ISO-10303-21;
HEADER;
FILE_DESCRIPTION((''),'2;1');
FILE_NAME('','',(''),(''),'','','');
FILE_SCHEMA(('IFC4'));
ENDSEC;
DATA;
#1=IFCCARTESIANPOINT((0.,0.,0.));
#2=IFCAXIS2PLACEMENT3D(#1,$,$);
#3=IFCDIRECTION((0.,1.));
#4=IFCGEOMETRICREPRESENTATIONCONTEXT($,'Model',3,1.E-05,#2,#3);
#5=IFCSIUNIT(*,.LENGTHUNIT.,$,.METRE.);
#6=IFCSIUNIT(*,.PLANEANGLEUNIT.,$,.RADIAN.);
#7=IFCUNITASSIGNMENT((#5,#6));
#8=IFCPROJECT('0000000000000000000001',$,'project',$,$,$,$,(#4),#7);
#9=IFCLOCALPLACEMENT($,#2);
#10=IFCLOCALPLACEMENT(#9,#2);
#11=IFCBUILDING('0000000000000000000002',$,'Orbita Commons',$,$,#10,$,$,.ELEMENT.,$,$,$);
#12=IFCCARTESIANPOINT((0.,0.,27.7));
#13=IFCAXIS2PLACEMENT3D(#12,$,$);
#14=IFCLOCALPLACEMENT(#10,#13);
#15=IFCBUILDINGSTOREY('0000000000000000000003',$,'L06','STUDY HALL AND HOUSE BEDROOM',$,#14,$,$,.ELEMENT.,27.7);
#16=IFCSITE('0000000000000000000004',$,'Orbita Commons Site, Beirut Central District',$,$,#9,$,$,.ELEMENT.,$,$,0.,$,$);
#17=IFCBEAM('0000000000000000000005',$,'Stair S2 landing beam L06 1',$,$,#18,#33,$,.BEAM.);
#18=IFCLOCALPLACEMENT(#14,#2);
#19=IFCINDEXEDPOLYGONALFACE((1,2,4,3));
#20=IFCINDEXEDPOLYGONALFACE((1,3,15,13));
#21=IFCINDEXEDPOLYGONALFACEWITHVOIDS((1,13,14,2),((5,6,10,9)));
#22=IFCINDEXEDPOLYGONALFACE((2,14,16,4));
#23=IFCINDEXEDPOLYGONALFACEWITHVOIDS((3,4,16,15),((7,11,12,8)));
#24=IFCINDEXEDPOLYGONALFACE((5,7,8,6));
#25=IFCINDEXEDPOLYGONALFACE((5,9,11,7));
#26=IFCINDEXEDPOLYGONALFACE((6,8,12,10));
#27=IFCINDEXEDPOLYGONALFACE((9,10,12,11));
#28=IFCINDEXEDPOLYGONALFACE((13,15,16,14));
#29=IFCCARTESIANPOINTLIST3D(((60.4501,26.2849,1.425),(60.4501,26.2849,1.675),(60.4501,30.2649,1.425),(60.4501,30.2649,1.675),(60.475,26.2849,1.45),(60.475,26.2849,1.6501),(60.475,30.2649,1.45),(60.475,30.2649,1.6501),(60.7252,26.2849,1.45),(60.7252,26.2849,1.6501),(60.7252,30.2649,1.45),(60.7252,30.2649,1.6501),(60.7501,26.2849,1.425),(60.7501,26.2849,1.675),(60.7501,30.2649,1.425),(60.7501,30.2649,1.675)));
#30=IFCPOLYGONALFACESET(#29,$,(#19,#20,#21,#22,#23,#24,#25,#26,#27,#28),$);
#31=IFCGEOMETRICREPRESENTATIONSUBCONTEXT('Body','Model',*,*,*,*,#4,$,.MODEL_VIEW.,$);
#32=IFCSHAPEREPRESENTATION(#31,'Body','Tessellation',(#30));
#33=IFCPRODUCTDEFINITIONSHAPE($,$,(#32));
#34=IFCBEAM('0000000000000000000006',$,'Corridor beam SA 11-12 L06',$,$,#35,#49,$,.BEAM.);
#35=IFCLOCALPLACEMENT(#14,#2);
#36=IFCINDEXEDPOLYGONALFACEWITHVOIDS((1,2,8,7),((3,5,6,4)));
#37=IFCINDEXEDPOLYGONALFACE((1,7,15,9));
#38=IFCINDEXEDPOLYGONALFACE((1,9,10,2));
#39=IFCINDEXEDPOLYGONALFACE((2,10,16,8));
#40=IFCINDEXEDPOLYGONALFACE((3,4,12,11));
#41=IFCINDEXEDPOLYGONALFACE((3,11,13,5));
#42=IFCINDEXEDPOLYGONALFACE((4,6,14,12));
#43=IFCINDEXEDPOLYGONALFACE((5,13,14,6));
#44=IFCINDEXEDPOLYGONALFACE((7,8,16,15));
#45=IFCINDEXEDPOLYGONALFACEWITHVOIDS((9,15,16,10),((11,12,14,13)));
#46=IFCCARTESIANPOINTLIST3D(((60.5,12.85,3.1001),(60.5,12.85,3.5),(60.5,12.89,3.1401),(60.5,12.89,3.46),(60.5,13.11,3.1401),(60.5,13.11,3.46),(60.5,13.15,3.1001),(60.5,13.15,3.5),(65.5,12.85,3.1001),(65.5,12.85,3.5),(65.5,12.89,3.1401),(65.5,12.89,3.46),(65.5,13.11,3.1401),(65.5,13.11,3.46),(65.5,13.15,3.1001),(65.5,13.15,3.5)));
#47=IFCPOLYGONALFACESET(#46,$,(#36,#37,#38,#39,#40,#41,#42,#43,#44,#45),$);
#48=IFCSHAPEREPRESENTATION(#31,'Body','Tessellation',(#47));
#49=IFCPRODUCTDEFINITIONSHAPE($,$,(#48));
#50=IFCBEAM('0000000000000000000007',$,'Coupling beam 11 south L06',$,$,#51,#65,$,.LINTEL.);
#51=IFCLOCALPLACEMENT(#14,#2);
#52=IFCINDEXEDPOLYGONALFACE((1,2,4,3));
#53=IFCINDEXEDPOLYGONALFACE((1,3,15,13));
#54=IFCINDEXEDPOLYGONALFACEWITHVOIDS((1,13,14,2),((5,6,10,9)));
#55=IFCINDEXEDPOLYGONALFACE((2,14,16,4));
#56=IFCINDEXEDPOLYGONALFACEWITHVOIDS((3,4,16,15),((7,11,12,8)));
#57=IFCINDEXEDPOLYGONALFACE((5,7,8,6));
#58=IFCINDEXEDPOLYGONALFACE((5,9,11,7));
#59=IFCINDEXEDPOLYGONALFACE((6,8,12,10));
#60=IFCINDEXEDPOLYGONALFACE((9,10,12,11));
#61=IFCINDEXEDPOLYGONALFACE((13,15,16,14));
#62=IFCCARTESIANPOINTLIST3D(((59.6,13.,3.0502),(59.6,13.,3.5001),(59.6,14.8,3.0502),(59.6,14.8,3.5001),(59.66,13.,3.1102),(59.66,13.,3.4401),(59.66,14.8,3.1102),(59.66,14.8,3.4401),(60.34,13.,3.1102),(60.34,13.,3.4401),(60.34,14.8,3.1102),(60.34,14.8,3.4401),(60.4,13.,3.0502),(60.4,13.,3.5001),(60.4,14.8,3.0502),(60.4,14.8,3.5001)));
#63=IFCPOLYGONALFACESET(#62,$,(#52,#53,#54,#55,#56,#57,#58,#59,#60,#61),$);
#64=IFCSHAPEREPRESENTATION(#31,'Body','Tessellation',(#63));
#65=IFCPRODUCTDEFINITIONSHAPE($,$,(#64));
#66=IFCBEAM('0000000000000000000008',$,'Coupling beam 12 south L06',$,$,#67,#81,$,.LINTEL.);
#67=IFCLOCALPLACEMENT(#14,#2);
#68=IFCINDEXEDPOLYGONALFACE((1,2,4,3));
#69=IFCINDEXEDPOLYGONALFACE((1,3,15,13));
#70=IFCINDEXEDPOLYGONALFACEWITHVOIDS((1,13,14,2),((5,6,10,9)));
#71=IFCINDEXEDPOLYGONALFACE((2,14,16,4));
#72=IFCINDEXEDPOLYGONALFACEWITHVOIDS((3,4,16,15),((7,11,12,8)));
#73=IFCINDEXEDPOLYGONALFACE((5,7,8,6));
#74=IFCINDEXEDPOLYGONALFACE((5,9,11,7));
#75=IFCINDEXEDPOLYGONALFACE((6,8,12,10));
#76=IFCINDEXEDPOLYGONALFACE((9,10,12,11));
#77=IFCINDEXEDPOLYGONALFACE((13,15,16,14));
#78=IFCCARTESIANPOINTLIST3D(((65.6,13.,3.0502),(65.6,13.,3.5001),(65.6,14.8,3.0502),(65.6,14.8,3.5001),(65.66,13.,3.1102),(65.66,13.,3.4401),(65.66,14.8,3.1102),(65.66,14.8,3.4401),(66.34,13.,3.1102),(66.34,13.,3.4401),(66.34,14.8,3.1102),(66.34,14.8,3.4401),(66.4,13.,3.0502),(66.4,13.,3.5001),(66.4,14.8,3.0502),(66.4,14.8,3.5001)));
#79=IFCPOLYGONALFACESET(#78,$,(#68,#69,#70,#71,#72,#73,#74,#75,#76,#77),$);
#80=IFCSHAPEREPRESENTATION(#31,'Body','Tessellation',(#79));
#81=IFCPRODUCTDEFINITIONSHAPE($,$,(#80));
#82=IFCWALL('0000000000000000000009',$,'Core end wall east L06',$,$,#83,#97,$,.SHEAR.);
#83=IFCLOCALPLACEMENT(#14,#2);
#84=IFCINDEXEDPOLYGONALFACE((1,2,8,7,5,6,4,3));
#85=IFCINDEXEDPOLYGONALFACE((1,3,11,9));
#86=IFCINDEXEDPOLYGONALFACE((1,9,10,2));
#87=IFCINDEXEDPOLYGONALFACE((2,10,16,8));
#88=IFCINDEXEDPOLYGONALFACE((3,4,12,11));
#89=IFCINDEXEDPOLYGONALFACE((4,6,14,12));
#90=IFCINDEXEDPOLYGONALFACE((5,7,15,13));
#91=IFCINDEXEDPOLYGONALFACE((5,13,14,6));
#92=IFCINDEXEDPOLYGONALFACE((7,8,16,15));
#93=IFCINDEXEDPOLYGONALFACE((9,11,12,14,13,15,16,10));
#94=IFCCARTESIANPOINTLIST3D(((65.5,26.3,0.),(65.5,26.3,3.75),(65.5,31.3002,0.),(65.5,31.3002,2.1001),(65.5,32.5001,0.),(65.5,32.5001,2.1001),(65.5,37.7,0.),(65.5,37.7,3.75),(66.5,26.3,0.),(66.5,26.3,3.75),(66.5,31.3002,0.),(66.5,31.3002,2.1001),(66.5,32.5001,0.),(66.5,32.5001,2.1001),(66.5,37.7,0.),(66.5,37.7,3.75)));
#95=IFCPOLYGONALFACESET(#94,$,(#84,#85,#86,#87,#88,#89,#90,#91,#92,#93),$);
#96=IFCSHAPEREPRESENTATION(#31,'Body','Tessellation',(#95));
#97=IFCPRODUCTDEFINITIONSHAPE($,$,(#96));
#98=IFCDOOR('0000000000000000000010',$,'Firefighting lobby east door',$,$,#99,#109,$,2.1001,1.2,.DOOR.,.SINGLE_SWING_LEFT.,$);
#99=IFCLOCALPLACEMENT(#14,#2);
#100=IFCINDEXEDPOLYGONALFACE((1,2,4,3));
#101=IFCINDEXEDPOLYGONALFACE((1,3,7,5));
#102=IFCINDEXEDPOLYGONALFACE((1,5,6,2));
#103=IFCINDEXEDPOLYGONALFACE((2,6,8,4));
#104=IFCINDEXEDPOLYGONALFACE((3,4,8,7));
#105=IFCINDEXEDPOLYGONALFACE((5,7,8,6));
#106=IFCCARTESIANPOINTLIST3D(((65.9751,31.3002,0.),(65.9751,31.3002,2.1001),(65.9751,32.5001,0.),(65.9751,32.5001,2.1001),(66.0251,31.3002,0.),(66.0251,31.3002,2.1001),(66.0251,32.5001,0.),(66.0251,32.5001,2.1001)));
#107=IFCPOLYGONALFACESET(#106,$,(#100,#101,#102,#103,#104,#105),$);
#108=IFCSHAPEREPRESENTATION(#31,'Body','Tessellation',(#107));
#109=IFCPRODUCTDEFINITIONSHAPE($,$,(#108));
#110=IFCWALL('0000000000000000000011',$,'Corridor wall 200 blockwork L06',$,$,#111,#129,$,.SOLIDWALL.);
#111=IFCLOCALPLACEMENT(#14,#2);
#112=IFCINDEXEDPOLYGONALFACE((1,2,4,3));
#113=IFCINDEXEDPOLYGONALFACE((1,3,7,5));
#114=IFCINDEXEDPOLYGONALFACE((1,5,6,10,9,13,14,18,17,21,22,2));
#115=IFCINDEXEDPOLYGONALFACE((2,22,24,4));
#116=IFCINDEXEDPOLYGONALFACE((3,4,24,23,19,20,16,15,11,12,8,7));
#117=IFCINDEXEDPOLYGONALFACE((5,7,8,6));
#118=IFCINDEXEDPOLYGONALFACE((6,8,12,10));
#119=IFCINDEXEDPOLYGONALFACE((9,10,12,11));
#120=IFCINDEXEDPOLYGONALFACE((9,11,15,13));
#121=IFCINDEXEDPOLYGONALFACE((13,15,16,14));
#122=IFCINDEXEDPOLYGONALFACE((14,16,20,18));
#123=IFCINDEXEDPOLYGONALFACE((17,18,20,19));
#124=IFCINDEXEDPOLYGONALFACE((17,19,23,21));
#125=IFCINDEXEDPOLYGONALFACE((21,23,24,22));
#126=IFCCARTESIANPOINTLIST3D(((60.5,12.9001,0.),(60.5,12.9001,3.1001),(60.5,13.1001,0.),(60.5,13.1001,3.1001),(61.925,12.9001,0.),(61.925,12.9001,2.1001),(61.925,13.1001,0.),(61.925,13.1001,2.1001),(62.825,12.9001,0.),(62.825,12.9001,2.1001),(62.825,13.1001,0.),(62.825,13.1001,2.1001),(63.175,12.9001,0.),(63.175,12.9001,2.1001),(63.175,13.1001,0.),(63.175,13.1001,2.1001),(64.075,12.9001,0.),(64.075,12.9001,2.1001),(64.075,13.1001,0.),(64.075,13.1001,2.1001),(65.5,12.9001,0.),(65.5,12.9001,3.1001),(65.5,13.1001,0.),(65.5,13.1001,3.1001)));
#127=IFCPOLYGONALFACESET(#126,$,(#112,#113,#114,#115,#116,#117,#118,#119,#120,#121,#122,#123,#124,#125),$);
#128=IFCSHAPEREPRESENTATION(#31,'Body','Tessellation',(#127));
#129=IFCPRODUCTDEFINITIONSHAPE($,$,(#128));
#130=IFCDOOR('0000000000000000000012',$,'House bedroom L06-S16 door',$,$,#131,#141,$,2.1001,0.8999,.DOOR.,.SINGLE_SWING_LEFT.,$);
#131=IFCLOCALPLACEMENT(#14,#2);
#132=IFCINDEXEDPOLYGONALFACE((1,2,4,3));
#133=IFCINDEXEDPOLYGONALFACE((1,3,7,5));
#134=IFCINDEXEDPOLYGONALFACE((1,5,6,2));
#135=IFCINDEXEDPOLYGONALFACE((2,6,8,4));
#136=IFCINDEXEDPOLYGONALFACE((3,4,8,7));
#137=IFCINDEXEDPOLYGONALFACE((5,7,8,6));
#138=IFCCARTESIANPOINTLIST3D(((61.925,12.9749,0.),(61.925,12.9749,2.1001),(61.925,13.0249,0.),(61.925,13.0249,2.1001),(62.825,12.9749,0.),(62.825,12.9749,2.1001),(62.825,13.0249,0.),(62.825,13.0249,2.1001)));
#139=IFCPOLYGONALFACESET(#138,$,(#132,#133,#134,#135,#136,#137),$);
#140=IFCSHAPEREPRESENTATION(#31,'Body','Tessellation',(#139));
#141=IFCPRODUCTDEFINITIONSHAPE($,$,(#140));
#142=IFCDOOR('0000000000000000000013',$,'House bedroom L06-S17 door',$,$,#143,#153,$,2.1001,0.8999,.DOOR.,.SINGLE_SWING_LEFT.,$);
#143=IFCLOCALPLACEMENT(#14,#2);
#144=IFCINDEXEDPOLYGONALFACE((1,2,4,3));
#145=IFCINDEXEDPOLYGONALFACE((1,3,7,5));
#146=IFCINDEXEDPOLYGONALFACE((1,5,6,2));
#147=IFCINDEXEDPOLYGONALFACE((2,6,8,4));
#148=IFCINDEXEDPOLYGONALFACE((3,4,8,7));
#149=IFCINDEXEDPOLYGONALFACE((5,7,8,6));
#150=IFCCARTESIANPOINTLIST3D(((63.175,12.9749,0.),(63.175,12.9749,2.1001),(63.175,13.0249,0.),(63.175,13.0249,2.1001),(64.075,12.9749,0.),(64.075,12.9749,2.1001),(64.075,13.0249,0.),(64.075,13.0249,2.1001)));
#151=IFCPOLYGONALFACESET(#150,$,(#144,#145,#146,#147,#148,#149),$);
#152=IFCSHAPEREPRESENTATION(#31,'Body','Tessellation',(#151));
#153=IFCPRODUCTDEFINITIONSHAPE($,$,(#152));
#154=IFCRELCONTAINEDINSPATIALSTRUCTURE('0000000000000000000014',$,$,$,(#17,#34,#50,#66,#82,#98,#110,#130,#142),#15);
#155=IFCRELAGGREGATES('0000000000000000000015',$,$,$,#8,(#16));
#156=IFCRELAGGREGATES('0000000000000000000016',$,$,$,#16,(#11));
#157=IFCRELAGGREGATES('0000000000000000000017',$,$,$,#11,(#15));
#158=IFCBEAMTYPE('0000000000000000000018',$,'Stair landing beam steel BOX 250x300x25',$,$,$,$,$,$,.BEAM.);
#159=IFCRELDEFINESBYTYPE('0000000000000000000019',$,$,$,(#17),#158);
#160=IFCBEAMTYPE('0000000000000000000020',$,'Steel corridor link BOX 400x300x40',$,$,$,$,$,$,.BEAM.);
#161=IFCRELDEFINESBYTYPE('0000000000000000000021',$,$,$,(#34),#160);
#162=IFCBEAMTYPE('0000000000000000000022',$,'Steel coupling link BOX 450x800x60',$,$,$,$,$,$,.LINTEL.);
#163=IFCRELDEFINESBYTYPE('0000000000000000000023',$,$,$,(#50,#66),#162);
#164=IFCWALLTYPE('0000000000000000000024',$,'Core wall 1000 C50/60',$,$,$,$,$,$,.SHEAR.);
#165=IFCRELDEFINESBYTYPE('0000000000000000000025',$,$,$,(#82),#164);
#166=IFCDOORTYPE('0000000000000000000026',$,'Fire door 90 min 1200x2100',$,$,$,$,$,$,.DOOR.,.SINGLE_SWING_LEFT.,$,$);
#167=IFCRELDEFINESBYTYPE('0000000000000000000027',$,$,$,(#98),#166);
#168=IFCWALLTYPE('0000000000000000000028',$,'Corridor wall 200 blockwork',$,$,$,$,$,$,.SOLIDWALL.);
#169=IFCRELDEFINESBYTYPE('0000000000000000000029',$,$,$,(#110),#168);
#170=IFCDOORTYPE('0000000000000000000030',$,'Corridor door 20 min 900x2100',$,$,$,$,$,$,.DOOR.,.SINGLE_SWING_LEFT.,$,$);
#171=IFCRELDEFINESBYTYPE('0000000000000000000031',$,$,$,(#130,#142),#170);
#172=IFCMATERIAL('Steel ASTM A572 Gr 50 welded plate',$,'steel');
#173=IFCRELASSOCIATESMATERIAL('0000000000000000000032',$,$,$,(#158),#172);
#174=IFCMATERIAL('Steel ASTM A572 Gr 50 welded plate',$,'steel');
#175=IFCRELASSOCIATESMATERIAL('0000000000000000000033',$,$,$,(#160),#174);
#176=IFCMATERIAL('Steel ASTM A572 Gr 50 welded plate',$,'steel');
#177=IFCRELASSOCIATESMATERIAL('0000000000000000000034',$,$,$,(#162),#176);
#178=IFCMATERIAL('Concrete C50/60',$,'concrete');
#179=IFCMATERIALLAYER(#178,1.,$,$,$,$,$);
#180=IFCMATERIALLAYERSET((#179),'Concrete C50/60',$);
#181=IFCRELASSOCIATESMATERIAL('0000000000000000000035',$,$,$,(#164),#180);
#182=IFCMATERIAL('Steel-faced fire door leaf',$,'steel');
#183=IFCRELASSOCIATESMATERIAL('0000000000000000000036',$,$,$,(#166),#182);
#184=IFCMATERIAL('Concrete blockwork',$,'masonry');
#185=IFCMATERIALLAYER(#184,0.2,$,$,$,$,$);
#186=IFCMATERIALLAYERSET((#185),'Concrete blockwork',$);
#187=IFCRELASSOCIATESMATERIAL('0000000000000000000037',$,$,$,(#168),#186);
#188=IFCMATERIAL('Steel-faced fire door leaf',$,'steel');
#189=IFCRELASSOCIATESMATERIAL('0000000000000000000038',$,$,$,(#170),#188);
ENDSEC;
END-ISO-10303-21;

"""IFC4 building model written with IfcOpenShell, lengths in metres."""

from ifc_helpers import new_model, si_unit, direction, frame, frame_2d, origin, origin_2d, place, context, subcontext, project, spatial, polyline, rectangle, hollow_rectangle, outline, extrude, material, layer, layer_set, material_profile, profile_set, type_object, element, fill, save


model = new_model("IFC4")

# Units and contexts
model_context = context("Model", 3, precision=1e-05, world=origin(), true_north=direction((0.0, 1.0)))
body_context = subcontext(model_context, "Body", "Model", "MODEL_VIEW")
ifc_project = project(units=[si_unit("LENGTHUNIT", "METRE"), si_unit("PLANEANGLEUNIT", "RADIAN")], contexts=[model_context])

# Site, building, storey
site_placement = place(None, origin())
site = spatial("IfcSite", under=ifc_project, at=site_placement, Name="Orbita Commons Site, Beirut Central District", CompositionType="ELEMENT", RefElevation=0.0)
building_placement = place(site_placement, origin())
building = spatial("IfcBuilding", under=site, at=building_placement, Name="Orbita Commons", CompositionType="ELEMENT")
storey_placement = place(building_placement, frame((0.0, 0.0, 27.7)))
storey = spatial("IfcBuildingStorey", under=building, at=storey_placement, Name="L06", Description="STUDY HALL AND HOUSE BEDROOM", CompositionType="ELEMENT", Elevation=27.7)

# Beams
ifc_material_1 = material(Name="Steel ASTM A572 Gr 50 welded plate", Category="steel")
ifc_material_profile_1 = material_profile(ifc_material_1, hollow_rectangle(XDim=0.3, YDim=0.25, WallThickness=0.0249, at=origin_2d()), Name="BOX 250x300x25")
ifc_profile_set_1 = profile_set([ifc_material_profile_1], Name="Steel ASTM A572 Gr 50 welded plate")
beam_type_1 = type_object("IfcBeamType", Name="Stair landing beam steel BOX 250x300x25", PredefinedType="BEAM", material=ifc_profile_set_1)
beam_1_placement = place(storey_placement, frame((60.6001, 26.2849, 1.55), z_axis=(0.0, 1.0, 0.0), x_axis=(-1.0, 0.0, 0.0)))
element("IfcBeam", 1, at=beam_1_placement, inside=storey, type_object=beam_type_1, Name="Stair S2 landing beam L06 1", PredefinedType="BEAM", context=body_context, shape_type="SweptSolid", body=[
    extrude(hollow_rectangle(XDim=0.3, YDim=0.25, WallThickness=0.0249, at=origin_2d()), origin(), (0.0, 0.0, 1.0), 3.98),
])
ifc_material_2 = material(Name="Steel ASTM A572 Gr 50 welded plate", Category="steel")
ifc_material_profile_2 = material_profile(ifc_material_2, hollow_rectangle(XDim=0.3, YDim=0.3999, WallThickness=0.04, at=origin_2d()), Name="BOX 400x300x40")
ifc_profile_set_2 = profile_set([ifc_material_profile_2], Name="Steel ASTM A572 Gr 50 welded plate")
beam_type_2 = type_object("IfcBeamType", Name="Steel corridor link BOX 400x300x40", PredefinedType="BEAM", material=ifc_profile_set_2)
beam_2_placement = place(storey_placement, frame((60.5, 13.0, 3.3), z_axis=(1.0, 0.0, 0.0), x_axis=(0.0, 1.0, 0.0)))
element("IfcBeam", 2, at=beam_2_placement, inside=storey, type_object=beam_type_2, Name="Corridor beam SA 11-12 L06", PredefinedType="BEAM", context=body_context, shape_type="SweptSolid", body=[
    extrude(hollow_rectangle(XDim=0.3, YDim=0.3999, WallThickness=0.04, at=origin_2d()), origin(), (0.0, 0.0, 1.0), 5.0),
])
ifc_material_3 = material(Name="Steel ASTM A572 Gr 50 welded plate", Category="steel")
ifc_material_profile_3 = material_profile(ifc_material_3, hollow_rectangle(XDim=0.8, YDim=0.45, WallThickness=0.0601, at=origin_2d()), Name="BOX 450x800x60")
ifc_profile_set_3 = profile_set([ifc_material_profile_3], Name="Steel ASTM A572 Gr 50 welded plate")
beam_type_3 = type_object("IfcBeamType", Name="Steel coupling link BOX 450x800x60", PredefinedType="LINTEL", material=ifc_profile_set_3)
for number, where, z_axis, x_axis, name in (
    (3, (60.0, 13.0, 3.2751), (0.0, 1.0, 0.0), (-1.0, 0.0, 0.0), "Coupling beam 11 south L06"),
    (4, (66.0, 13.0, 3.2751), (0.0, 1.0, 0.0), (-1.0, 0.0, 0.0), "Coupling beam 12 south L06"),
):
    element("IfcBeam", number, at=place(storey_placement, frame(where, z_axis=z_axis, x_axis=x_axis)), inside=storey, type_object=beam_type_3, Name=name, PredefinedType="LINTEL", context=body_context, shape_type="SweptSolid", body=[
        extrude(hollow_rectangle(XDim=0.8, YDim=0.45, WallThickness=0.0601, at=origin_2d()), origin(), (0.0, 0.0, 1.0), 1.8),
    ])

# Wall, opening, door
ifc_material_4 = material(Name="Concrete C50/60", Category="concrete")
ifc_layer_1 = layer(ifc_material_4, 1.0)
ifc_layer_set_1 = layer_set([ifc_layer_1], Name="Concrete C50/60")
wall_type_1 = type_object("IfcWallType", Name="Core wall 1000 C50/60", PredefinedType="SHEAR", material=ifc_layer_set_1)
wall_1_placement = place(storey_placement, frame((66.0, 26.3, 0.0), z_axis=(0.0, 0.0, 1.0), x_axis=(0.0, 1.0, 0.0)))
wall_1 = element("IfcWall", 5, at=wall_1_placement, inside=storey, type_object=wall_type_1, Name="Core end wall east L06", PredefinedType="SHEAR", context=body_context, shape_type="SweptSolid", body=[
    extrude(rectangle(XDim=11.3999, YDim=1.0, at=frame_2d((5.7, 0.0))), origin(), (0.0, 0.0, 1.0), 3.75),
])
opening_1_placement = place(wall_1_placement, frame((5.0, 0.0, 0.0)))
opening_1 = element("IfcOpeningElement", 6, at=opening_1_placement, cuts=wall_1, PredefinedType="OPENING", context=body_context, shape_type="SweptSolid", body=[
    extrude(rectangle(XDim=1.2, YDim=2.1001, at=frame_2d((0.6001, 1.05))), frame((0.0, 0.51, 0.0), z_axis=(0.0, -1.0, 0.0), x_axis=(1.0, 0.0, 0.0)), (0.0, 0.0, 1.0), 1.02),
])
ifc_material_5 = material(Name="Steel-faced fire door leaf", Category="steel")
door_type_1 = type_object("IfcDoorType", Name="Fire door 90 min 1200x2100", OperationType="SINGLE_SWING_LEFT", PredefinedType="DOOR", material=ifc_material_5)
door_1_placement = place(opening_1_placement, origin())
door_1 = element("IfcDoor", 7, at=door_1_placement, inside=storey, type_object=door_type_1, Name="Firefighting lobby east door", OperationType="SINGLE_SWING_LEFT", OverallHeight=2.1001, OverallWidth=1.2, PredefinedType="DOOR", context=body_context, shape_type="SweptSolid", body=[
    extrude(rectangle(XDim=1.2, YDim=2.1001, at=frame_2d((0.6001, 1.05))), frame((0.0, 0.0249, 0.0), z_axis=(0.0, -1.0, 0.0), x_axis=(1.0, 0.0, 0.0)), (0.0, 0.0, 1.0), 0.05),
])
fill(opening_1, door_1)

# Wall, openings, doors
ifc_material_6 = material(Name="Concrete blockwork", Category="masonry")
ifc_layer_2 = layer(ifc_material_6, 0.2)
ifc_layer_set_2 = layer_set([ifc_layer_2], Name="Concrete blockwork")
wall_type_2 = type_object("IfcWallType", Name="Corridor wall 200 blockwork", PredefinedType="SOLIDWALL", material=ifc_layer_set_2)
wall_2_placement = place(storey_placement, frame((60.5, 13.0, 0.0), z_axis=(0.0, 0.0, 1.0), x_axis=(1.0, 0.0, 0.0)))
wall_2 = element("IfcWall", 8, at=wall_2_placement, inside=storey, type_object=wall_type_2, Name="Corridor wall 200 blockwork L06", PredefinedType="SOLIDWALL", context=body_context, shape_type="SweptSolid", body=[
    extrude(outline(polyline([(0.0, 0.0), (5.0, 0.0), (5.0, 3.1001), (0.0, 3.1001), (0.0, 0.0)])), frame((0.0, 0.1001, 0.0), z_axis=(0.0, -1.0, 0.0), x_axis=(1.0, 0.0, 0.0)), (0.0, 0.0, 1.0), 0.2),
])
opening_2_placement = place(wall_2_placement, frame((1.425, 0.0, 0.0)))
opening_2 = element("IfcOpeningElement", 9, at=opening_2_placement, cuts=wall_2, PredefinedType="OPENING", context=body_context, shape_type="SweptSolid", body=[
    extrude(rectangle(XDim=0.8999, YDim=2.1001, at=frame_2d((0.45, 1.05))), frame((0.0, 0.1099, 0.0), z_axis=(0.0, -1.0, 0.0), x_axis=(1.0, 0.0, 0.0)), (0.0, 0.0, 1.0), 0.22),
])
opening_3_placement = place(wall_2_placement, frame((2.675, 0.0, 0.0)))
opening_3 = element("IfcOpeningElement", 10, at=opening_3_placement, cuts=wall_2, PredefinedType="OPENING", context=body_context, shape_type="SweptSolid", body=[
    extrude(rectangle(XDim=0.8999, YDim=2.1001, at=frame_2d((0.45, 1.05))), frame((0.0, 0.1099, 0.0), z_axis=(0.0, -1.0, 0.0), x_axis=(1.0, 0.0, 0.0)), (0.0, 0.0, 1.0), 0.22),
])
ifc_material_7 = material(Name="Steel-faced fire door leaf", Category="steel")
door_type_2 = type_object("IfcDoorType", Name="Corridor door 20 min 900x2100", OperationType="SINGLE_SWING_LEFT", PredefinedType="DOOR", material=ifc_material_7)
door_2_placement = place(opening_2_placement, origin())
door_2 = element("IfcDoor", 11, at=door_2_placement, inside=storey, type_object=door_type_2, Name="House bedroom L06-S16 door", OperationType="SINGLE_SWING_LEFT", OverallHeight=2.1001, OverallWidth=0.8999, PredefinedType="DOOR", context=body_context, shape_type="SweptSolid", body=[
    extrude(rectangle(XDim=0.8999, YDim=2.1001, at=frame_2d((0.45, 1.05))), frame((0.0, 0.0249, 0.0), z_axis=(0.0, -1.0, 0.0), x_axis=(1.0, 0.0, 0.0)), (0.0, 0.0, 1.0), 0.05),
])
fill(opening_2, door_2)
door_3_placement = place(opening_3_placement, origin())
door_3 = element("IfcDoor", 12, at=door_3_placement, inside=storey, type_object=door_type_2, Name="House bedroom L06-S17 door", OperationType="SINGLE_SWING_LEFT", OverallHeight=2.1001, OverallWidth=0.8999, PredefinedType="DOOR", context=body_context, shape_type="SweptSolid", body=[
    extrude(rectangle(XDim=0.8999, YDim=2.1001, at=frame_2d((0.45, 1.05))), frame((0.0, 0.0249, 0.0), z_axis=(0.0, -1.0, 0.0), x_axis=(1.0, 0.0, 0.0)), (0.0, 0.0, 1.0), 0.05),
])
fill(opening_3, door_3)

save(model, "model.ifc")
